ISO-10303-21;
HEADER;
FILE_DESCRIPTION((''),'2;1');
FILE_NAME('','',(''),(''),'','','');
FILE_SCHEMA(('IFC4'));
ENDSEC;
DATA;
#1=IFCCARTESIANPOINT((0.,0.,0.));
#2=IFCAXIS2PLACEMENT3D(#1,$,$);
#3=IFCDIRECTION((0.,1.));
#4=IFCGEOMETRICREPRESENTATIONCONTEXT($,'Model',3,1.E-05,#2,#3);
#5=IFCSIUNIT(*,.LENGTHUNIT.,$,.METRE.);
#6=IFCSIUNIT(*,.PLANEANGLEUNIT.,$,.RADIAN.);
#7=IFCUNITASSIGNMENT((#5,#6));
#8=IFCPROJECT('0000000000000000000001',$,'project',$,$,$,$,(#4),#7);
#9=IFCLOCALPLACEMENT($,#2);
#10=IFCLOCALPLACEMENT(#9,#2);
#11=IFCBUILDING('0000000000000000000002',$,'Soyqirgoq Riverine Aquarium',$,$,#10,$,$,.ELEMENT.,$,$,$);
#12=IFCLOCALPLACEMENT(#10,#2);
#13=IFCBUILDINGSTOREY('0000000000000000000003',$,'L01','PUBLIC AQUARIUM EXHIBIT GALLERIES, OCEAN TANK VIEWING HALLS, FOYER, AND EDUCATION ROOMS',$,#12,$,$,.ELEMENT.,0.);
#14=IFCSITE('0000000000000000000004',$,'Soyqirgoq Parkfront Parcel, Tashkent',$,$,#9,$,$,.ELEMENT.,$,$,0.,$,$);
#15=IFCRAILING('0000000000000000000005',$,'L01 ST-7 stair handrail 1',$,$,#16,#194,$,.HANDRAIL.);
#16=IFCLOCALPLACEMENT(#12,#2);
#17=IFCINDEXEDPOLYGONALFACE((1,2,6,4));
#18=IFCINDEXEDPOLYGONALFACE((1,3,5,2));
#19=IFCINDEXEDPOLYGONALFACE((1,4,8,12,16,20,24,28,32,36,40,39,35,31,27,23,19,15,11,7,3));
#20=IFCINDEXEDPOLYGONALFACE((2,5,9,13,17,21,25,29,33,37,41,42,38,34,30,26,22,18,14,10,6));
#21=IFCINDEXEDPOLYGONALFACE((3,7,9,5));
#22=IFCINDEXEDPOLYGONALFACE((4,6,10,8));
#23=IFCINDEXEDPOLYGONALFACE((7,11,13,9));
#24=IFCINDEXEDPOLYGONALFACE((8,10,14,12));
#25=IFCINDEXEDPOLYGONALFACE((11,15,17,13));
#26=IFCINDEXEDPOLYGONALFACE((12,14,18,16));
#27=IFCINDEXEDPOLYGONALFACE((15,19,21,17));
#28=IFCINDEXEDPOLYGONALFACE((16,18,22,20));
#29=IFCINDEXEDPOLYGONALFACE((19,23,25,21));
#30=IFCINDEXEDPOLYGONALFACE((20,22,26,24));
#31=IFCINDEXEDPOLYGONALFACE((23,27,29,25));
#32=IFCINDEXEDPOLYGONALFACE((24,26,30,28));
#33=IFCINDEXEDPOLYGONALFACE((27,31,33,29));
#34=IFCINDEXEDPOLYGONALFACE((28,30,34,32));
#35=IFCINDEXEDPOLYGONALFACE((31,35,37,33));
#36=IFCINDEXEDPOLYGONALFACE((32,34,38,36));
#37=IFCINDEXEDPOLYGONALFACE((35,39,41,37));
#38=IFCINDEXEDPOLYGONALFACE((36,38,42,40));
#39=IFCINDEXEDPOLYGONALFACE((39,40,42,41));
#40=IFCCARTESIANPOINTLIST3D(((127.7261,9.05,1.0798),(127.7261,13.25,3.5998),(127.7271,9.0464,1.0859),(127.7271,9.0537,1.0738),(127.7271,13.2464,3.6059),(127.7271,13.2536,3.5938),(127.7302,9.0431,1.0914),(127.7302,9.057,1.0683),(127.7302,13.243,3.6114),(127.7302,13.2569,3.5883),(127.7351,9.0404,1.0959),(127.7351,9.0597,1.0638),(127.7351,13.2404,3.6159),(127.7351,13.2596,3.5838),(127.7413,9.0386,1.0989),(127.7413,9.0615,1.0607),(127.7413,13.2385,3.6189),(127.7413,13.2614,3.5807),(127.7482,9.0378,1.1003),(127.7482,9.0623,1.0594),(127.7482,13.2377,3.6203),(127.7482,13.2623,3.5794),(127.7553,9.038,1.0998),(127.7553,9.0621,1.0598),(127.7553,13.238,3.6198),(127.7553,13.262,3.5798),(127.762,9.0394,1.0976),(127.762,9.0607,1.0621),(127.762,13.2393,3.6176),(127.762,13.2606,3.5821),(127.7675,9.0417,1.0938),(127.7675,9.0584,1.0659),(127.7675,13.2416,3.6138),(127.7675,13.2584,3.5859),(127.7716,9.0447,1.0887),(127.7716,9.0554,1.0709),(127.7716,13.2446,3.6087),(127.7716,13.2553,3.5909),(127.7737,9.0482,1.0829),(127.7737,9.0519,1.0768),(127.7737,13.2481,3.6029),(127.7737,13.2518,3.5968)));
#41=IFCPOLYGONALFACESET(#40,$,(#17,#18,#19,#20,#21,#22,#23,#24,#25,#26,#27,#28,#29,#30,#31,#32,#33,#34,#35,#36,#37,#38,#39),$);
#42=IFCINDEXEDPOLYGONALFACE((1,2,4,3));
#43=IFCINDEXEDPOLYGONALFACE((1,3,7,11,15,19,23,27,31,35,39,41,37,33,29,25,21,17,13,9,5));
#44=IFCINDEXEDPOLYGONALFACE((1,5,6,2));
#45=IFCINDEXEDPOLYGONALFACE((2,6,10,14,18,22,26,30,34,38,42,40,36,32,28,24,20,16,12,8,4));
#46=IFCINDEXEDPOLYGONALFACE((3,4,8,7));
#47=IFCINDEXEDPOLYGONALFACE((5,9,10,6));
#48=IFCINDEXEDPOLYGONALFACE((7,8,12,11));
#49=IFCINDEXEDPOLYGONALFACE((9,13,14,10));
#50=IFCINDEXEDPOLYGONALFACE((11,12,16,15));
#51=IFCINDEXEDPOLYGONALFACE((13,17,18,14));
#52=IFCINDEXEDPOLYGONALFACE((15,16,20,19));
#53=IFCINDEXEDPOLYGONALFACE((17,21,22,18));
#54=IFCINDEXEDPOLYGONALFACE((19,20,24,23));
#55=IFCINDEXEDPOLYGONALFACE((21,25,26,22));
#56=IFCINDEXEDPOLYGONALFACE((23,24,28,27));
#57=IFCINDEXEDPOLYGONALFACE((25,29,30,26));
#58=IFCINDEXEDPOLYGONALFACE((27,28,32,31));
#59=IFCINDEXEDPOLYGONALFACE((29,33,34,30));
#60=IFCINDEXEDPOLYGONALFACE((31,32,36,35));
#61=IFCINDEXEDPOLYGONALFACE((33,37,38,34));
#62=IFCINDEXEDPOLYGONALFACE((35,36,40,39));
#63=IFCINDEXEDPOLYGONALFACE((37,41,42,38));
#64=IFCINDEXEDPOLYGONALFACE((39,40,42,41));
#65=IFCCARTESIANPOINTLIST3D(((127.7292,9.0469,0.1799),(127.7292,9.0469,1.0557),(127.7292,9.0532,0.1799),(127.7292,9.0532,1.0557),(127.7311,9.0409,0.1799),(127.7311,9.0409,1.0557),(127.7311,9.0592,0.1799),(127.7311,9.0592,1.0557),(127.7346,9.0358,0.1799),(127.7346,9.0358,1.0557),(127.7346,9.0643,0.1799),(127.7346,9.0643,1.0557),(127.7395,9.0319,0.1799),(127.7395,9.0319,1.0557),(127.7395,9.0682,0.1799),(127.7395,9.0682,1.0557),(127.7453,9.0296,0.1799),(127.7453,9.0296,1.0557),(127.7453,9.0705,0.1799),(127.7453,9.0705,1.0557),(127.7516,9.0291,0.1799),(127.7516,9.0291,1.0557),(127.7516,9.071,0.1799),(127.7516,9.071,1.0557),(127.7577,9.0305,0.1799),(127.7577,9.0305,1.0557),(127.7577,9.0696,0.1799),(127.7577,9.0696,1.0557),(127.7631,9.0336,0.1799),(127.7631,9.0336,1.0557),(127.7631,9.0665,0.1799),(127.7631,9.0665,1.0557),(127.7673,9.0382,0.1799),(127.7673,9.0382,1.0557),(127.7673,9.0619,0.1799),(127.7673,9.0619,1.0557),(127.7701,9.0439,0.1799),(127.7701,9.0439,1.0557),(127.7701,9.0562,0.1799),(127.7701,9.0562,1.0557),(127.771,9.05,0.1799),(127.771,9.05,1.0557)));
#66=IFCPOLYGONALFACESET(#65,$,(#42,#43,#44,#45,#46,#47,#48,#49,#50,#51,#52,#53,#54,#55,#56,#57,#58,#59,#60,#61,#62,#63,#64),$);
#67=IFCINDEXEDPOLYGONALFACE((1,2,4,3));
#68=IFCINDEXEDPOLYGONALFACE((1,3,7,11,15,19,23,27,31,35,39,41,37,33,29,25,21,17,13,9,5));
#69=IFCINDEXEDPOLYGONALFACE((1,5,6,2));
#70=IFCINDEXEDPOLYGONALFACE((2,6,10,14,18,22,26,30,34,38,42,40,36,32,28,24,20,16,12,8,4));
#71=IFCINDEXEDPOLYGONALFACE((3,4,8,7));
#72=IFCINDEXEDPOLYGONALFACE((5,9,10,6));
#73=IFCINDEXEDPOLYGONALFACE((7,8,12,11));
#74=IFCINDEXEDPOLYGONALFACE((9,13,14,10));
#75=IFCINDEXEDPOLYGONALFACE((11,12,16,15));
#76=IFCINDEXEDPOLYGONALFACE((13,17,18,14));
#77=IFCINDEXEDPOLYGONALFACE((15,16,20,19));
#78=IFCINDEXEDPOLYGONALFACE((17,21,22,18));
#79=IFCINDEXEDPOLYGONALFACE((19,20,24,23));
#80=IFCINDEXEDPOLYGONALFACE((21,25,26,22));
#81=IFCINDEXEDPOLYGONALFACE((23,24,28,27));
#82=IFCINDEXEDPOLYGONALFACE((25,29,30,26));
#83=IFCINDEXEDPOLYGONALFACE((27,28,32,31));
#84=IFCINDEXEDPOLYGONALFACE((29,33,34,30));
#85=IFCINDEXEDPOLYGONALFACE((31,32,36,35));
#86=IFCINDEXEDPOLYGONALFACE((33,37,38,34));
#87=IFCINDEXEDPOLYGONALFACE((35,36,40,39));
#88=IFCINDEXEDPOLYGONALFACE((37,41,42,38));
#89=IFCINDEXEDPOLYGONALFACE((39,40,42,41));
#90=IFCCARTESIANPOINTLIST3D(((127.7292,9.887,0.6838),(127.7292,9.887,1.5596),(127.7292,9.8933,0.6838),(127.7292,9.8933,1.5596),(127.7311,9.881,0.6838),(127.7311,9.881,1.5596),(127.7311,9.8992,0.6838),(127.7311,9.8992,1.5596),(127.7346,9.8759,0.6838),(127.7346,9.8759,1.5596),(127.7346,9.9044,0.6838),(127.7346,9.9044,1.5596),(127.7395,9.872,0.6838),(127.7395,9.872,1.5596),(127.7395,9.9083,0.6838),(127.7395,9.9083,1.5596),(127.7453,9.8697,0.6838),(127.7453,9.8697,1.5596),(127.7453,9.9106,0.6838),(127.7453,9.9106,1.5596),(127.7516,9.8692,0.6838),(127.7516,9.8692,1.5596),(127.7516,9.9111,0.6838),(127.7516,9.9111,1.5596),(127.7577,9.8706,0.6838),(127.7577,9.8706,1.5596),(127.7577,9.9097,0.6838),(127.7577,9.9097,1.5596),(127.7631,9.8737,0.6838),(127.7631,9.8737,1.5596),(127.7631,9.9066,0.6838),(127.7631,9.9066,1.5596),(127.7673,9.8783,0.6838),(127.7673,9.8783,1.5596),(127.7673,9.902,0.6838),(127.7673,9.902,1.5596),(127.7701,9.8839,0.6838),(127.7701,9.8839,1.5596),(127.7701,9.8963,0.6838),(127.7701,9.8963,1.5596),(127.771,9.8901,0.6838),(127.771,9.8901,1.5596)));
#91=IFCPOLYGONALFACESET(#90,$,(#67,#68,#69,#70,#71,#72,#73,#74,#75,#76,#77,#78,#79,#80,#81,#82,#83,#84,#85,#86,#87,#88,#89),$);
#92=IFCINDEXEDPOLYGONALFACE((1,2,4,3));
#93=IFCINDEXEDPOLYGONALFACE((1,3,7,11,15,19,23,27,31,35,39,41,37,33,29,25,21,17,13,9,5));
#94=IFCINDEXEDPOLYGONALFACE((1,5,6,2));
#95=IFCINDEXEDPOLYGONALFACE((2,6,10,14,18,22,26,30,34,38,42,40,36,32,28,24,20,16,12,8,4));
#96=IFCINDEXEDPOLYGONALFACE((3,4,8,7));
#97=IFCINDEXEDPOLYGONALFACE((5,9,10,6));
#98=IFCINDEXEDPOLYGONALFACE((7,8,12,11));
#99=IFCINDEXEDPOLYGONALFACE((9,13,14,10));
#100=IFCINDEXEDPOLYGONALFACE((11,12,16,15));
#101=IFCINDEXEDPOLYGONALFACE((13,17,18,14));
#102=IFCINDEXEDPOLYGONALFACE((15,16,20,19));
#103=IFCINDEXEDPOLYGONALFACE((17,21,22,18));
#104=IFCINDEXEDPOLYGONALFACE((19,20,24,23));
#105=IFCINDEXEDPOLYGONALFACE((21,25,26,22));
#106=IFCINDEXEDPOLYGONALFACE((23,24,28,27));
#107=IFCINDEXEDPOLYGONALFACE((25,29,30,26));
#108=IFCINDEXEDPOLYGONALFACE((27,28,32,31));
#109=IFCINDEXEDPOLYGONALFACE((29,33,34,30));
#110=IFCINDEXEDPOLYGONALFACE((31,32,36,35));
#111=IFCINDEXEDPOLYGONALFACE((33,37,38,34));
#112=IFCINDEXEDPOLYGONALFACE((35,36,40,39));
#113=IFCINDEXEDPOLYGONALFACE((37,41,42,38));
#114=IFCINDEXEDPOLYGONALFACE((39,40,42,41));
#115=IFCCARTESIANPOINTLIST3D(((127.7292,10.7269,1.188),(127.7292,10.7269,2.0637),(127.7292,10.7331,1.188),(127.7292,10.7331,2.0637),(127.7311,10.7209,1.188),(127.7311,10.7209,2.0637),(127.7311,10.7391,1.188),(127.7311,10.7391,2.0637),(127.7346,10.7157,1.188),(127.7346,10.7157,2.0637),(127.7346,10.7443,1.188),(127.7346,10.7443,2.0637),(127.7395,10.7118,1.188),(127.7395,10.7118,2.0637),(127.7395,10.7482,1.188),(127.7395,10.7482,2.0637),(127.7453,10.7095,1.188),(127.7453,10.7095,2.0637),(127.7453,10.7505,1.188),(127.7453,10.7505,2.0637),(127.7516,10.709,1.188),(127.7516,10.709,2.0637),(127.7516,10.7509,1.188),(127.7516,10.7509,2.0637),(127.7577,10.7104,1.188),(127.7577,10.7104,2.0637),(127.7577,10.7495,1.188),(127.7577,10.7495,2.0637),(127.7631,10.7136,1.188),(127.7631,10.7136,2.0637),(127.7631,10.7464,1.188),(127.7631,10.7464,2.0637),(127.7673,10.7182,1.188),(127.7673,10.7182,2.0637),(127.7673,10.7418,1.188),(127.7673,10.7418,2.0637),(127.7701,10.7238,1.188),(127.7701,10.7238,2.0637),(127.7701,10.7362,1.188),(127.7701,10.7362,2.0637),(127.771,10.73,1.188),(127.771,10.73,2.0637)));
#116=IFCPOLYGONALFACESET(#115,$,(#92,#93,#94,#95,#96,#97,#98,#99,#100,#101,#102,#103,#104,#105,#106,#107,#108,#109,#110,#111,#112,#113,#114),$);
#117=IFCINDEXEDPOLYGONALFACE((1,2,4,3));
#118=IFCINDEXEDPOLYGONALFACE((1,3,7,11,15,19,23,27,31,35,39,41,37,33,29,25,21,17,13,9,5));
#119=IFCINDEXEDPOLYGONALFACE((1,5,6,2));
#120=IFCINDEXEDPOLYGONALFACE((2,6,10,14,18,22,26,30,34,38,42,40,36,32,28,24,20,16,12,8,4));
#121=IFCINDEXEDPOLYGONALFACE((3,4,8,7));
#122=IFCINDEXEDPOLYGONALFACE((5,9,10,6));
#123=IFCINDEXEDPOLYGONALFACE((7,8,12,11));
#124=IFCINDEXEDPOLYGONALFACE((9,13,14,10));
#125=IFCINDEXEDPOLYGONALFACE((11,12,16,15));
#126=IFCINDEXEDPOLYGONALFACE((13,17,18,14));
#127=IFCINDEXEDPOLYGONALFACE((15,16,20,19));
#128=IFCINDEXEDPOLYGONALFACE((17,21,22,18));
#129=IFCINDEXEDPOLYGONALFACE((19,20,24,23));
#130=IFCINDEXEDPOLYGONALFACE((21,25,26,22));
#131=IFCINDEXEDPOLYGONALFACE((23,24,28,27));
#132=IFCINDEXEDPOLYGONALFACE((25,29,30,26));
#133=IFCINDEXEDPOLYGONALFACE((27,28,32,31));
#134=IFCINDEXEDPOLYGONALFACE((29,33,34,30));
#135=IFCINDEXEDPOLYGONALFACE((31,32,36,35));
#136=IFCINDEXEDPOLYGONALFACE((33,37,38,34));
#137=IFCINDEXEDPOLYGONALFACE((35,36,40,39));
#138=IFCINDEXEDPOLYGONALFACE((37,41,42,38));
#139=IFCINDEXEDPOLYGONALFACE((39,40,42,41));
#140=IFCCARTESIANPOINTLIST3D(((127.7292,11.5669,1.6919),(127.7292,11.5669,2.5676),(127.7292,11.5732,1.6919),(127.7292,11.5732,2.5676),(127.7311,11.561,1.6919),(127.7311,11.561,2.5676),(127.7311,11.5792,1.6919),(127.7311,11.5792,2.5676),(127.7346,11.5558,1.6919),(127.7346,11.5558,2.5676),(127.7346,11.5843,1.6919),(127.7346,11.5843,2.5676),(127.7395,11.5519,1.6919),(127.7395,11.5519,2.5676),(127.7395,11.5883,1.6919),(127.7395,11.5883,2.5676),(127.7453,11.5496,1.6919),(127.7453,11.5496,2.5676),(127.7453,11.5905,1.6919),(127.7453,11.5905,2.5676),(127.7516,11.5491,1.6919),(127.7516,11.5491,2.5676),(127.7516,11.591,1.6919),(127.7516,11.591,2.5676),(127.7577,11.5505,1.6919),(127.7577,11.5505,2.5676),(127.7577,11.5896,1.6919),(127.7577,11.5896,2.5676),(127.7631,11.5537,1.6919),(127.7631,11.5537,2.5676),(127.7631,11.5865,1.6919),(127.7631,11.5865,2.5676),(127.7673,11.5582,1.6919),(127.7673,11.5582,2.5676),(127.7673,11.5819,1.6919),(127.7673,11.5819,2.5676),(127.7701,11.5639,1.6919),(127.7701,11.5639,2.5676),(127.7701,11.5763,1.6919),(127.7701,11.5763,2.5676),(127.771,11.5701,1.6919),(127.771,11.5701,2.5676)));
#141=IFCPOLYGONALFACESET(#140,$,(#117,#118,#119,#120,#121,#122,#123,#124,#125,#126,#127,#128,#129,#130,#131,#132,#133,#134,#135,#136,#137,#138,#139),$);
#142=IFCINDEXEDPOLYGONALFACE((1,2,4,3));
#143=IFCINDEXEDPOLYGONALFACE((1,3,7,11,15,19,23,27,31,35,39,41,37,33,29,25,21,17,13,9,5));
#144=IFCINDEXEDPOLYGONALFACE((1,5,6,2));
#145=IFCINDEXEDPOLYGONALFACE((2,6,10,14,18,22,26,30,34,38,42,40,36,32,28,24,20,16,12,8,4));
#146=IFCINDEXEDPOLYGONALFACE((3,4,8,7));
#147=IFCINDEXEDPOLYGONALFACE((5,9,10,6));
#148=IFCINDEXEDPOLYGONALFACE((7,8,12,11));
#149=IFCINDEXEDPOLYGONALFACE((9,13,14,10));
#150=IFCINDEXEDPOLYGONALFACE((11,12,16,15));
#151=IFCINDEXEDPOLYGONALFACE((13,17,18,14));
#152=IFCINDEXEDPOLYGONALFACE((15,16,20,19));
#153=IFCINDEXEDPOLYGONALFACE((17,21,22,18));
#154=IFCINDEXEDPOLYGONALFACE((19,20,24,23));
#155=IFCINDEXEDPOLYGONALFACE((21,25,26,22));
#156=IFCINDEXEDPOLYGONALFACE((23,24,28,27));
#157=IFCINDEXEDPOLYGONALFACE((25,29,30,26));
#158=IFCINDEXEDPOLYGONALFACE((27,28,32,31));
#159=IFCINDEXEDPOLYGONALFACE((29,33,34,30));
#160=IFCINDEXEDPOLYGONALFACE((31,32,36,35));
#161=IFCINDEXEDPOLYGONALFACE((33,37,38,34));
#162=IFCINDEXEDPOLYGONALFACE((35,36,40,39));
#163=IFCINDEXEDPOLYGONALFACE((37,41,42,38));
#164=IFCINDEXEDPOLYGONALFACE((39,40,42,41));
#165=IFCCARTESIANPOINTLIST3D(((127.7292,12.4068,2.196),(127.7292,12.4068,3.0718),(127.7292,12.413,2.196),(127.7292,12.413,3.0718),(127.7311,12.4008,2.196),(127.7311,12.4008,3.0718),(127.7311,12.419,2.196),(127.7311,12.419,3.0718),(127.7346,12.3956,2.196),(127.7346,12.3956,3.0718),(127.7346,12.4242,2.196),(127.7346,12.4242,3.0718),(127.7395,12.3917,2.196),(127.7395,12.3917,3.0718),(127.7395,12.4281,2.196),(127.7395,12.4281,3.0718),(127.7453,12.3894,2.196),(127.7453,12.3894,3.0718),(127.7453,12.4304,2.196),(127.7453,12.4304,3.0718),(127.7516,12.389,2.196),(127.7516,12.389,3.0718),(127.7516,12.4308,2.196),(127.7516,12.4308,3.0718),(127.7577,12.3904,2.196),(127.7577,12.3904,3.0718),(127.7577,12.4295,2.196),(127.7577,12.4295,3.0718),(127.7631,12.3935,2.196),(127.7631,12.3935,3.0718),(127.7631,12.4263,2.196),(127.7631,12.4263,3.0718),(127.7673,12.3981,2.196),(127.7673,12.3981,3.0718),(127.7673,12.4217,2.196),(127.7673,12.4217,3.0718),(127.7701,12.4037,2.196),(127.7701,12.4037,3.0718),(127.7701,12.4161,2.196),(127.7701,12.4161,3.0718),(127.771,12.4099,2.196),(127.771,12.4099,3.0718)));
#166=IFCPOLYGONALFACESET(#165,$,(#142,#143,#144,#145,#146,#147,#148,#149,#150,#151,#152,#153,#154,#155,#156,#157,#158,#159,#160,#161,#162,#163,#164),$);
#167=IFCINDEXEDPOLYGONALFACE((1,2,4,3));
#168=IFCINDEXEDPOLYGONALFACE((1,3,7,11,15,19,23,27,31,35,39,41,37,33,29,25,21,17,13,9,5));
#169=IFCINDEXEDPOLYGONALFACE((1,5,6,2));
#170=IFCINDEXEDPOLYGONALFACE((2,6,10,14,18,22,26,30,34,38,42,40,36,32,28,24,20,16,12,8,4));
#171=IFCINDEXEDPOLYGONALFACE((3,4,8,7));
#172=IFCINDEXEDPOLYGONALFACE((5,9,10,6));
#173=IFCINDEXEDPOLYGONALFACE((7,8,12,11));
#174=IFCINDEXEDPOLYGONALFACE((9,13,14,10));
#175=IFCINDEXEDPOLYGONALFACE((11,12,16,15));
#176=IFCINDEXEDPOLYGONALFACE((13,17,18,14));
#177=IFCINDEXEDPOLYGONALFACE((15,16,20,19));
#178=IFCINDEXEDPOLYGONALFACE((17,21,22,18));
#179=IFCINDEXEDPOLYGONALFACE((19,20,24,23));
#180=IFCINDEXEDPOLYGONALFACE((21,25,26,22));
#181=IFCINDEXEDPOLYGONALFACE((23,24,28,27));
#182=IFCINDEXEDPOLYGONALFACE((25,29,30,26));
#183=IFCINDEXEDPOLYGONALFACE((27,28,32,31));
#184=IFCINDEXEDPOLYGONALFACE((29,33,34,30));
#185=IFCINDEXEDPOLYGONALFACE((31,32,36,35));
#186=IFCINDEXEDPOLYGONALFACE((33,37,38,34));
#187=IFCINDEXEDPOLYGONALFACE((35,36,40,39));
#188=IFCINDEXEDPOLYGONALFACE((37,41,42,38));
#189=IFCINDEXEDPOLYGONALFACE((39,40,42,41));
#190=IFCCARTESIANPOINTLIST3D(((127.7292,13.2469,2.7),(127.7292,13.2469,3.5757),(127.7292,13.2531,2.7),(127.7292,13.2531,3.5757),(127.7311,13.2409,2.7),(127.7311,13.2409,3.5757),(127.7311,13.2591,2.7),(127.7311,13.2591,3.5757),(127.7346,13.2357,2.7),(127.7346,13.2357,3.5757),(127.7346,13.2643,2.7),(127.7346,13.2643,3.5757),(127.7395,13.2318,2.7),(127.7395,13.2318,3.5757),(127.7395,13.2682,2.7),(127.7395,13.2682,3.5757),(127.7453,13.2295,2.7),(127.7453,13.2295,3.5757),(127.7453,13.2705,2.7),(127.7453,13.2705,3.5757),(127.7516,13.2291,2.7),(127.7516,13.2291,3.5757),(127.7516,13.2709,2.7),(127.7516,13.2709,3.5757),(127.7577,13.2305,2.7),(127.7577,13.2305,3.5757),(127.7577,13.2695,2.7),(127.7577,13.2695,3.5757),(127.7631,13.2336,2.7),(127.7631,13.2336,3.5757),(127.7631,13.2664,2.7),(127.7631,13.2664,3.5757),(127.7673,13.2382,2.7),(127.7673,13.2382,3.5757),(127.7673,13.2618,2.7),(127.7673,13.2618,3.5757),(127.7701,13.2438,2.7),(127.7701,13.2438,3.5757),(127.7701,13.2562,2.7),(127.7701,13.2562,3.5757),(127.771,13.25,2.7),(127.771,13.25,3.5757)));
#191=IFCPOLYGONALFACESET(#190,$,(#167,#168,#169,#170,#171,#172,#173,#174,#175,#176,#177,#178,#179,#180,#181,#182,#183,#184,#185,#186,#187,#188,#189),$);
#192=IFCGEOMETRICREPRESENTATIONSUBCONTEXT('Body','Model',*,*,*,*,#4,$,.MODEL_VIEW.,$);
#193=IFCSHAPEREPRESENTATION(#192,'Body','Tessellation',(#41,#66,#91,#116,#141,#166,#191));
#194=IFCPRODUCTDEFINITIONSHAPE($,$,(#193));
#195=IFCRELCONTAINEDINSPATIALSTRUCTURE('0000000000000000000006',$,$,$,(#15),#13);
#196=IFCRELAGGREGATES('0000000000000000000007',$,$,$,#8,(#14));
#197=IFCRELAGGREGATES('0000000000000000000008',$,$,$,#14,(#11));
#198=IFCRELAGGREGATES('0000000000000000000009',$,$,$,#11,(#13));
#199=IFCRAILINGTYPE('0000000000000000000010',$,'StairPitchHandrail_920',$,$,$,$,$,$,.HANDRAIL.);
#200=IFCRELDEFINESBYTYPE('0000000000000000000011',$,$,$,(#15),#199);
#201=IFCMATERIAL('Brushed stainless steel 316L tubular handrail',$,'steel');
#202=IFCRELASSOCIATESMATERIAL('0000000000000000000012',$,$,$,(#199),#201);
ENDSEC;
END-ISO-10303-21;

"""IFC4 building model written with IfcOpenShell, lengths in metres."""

from ifc_helpers import new_model, si_unit, direction, frame, origin, origin_2d, place, context, subcontext, project, spatial, circle, extrude, material, type_object, element, save


model = new_model("IFC4")

# Units and contexts
model_context = context("Model", 3, precision=1e-05, world=origin(), true_north=direction((0.0, 1.0)))
body_context = subcontext(model_context, "Body", "Model", "MODEL_VIEW")
ifc_project = project(units=[si_unit("LENGTHUNIT", "METRE"), si_unit("PLANEANGLEUNIT", "RADIAN")], contexts=[model_context])

# Site, building, storey
site_placement = place(None, origin())
site = spatial("IfcSite", under=ifc_project, at=site_placement, Name="Soyqirgoq Parkfront Parcel, Tashkent", CompositionType="ELEMENT", RefElevation=0.0)
building_placement = place(site_placement, origin())
building = spatial("IfcBuilding", under=site, at=building_placement, Name="Soyqirgoq Riverine Aquarium", CompositionType="ELEMENT")
storey_placement = place(building_placement, origin())
storey = spatial("IfcBuildingStorey", under=building, at=storey_placement, Name="L01", Description="PUBLIC AQUARIUM EXHIBIT GALLERIES, OCEAN TANK VIEWING HALLS, FOYER, AND EDUCATION ROOMS", CompositionType="ELEMENT", Elevation=0.0)

# Railing
ifc_material_1 = material(Name="Brushed stainless steel 316L tubular handrail", Category="steel")
railing_type_1 = type_object("IfcRailingType", Name="StairPitchHandrail_920", PredefinedType="HANDRAIL", material=ifc_material_1)
railing_1_placement = place(storey_placement, frame((127.75, 9.05, 0.1799)))
element("IfcRailing", 1, at=railing_1_placement, inside=storey, type_object=railing_type_1, Name="L01 ST-7 stair handrail 1", PredefinedType="HANDRAIL", context=body_context, shape_type="SweptSolid", body=[
    extrude(circle(Radius=0.0239, at=origin_2d()), frame((0.0, 0.0, 0.8999), z_axis=(0.0, 0.857489, 0.514503), x_axis=(-1.0, 0.0, 0.0)), (0.0, 0.0, 1.0), 4.8979),
    extrude(circle(Radius=0.021, at=origin_2d()), origin(), (0.0, 0.0, 1.0), 0.8757),
    extrude(circle(Radius=0.021, at=origin_2d()), frame((0.0, 0.8401, 0.5039)), (0.0, 0.0, 1.0), 0.8757),
    extrude(circle(Radius=0.021, at=origin_2d()), frame((0.0, 1.6799, 1.0081)), (0.0, 0.0, 1.0), 0.8757),
    extrude(circle(Radius=0.021, at=origin_2d()), frame((0.0, 2.52, 1.512)), (0.0, 0.0, 1.0), 0.8757),
    extrude(circle(Radius=0.021, at=origin_2d()), frame((0.0, 3.3599, 2.0161)), (0.0, 0.0, 1.0), 0.8757),
    extrude(circle(Radius=0.021, at=origin_2d()), frame((0.0, 4.2, 2.52)), (0.0, 0.0, 1.0), 0.8757),
])

save(model, "model.ifc")
